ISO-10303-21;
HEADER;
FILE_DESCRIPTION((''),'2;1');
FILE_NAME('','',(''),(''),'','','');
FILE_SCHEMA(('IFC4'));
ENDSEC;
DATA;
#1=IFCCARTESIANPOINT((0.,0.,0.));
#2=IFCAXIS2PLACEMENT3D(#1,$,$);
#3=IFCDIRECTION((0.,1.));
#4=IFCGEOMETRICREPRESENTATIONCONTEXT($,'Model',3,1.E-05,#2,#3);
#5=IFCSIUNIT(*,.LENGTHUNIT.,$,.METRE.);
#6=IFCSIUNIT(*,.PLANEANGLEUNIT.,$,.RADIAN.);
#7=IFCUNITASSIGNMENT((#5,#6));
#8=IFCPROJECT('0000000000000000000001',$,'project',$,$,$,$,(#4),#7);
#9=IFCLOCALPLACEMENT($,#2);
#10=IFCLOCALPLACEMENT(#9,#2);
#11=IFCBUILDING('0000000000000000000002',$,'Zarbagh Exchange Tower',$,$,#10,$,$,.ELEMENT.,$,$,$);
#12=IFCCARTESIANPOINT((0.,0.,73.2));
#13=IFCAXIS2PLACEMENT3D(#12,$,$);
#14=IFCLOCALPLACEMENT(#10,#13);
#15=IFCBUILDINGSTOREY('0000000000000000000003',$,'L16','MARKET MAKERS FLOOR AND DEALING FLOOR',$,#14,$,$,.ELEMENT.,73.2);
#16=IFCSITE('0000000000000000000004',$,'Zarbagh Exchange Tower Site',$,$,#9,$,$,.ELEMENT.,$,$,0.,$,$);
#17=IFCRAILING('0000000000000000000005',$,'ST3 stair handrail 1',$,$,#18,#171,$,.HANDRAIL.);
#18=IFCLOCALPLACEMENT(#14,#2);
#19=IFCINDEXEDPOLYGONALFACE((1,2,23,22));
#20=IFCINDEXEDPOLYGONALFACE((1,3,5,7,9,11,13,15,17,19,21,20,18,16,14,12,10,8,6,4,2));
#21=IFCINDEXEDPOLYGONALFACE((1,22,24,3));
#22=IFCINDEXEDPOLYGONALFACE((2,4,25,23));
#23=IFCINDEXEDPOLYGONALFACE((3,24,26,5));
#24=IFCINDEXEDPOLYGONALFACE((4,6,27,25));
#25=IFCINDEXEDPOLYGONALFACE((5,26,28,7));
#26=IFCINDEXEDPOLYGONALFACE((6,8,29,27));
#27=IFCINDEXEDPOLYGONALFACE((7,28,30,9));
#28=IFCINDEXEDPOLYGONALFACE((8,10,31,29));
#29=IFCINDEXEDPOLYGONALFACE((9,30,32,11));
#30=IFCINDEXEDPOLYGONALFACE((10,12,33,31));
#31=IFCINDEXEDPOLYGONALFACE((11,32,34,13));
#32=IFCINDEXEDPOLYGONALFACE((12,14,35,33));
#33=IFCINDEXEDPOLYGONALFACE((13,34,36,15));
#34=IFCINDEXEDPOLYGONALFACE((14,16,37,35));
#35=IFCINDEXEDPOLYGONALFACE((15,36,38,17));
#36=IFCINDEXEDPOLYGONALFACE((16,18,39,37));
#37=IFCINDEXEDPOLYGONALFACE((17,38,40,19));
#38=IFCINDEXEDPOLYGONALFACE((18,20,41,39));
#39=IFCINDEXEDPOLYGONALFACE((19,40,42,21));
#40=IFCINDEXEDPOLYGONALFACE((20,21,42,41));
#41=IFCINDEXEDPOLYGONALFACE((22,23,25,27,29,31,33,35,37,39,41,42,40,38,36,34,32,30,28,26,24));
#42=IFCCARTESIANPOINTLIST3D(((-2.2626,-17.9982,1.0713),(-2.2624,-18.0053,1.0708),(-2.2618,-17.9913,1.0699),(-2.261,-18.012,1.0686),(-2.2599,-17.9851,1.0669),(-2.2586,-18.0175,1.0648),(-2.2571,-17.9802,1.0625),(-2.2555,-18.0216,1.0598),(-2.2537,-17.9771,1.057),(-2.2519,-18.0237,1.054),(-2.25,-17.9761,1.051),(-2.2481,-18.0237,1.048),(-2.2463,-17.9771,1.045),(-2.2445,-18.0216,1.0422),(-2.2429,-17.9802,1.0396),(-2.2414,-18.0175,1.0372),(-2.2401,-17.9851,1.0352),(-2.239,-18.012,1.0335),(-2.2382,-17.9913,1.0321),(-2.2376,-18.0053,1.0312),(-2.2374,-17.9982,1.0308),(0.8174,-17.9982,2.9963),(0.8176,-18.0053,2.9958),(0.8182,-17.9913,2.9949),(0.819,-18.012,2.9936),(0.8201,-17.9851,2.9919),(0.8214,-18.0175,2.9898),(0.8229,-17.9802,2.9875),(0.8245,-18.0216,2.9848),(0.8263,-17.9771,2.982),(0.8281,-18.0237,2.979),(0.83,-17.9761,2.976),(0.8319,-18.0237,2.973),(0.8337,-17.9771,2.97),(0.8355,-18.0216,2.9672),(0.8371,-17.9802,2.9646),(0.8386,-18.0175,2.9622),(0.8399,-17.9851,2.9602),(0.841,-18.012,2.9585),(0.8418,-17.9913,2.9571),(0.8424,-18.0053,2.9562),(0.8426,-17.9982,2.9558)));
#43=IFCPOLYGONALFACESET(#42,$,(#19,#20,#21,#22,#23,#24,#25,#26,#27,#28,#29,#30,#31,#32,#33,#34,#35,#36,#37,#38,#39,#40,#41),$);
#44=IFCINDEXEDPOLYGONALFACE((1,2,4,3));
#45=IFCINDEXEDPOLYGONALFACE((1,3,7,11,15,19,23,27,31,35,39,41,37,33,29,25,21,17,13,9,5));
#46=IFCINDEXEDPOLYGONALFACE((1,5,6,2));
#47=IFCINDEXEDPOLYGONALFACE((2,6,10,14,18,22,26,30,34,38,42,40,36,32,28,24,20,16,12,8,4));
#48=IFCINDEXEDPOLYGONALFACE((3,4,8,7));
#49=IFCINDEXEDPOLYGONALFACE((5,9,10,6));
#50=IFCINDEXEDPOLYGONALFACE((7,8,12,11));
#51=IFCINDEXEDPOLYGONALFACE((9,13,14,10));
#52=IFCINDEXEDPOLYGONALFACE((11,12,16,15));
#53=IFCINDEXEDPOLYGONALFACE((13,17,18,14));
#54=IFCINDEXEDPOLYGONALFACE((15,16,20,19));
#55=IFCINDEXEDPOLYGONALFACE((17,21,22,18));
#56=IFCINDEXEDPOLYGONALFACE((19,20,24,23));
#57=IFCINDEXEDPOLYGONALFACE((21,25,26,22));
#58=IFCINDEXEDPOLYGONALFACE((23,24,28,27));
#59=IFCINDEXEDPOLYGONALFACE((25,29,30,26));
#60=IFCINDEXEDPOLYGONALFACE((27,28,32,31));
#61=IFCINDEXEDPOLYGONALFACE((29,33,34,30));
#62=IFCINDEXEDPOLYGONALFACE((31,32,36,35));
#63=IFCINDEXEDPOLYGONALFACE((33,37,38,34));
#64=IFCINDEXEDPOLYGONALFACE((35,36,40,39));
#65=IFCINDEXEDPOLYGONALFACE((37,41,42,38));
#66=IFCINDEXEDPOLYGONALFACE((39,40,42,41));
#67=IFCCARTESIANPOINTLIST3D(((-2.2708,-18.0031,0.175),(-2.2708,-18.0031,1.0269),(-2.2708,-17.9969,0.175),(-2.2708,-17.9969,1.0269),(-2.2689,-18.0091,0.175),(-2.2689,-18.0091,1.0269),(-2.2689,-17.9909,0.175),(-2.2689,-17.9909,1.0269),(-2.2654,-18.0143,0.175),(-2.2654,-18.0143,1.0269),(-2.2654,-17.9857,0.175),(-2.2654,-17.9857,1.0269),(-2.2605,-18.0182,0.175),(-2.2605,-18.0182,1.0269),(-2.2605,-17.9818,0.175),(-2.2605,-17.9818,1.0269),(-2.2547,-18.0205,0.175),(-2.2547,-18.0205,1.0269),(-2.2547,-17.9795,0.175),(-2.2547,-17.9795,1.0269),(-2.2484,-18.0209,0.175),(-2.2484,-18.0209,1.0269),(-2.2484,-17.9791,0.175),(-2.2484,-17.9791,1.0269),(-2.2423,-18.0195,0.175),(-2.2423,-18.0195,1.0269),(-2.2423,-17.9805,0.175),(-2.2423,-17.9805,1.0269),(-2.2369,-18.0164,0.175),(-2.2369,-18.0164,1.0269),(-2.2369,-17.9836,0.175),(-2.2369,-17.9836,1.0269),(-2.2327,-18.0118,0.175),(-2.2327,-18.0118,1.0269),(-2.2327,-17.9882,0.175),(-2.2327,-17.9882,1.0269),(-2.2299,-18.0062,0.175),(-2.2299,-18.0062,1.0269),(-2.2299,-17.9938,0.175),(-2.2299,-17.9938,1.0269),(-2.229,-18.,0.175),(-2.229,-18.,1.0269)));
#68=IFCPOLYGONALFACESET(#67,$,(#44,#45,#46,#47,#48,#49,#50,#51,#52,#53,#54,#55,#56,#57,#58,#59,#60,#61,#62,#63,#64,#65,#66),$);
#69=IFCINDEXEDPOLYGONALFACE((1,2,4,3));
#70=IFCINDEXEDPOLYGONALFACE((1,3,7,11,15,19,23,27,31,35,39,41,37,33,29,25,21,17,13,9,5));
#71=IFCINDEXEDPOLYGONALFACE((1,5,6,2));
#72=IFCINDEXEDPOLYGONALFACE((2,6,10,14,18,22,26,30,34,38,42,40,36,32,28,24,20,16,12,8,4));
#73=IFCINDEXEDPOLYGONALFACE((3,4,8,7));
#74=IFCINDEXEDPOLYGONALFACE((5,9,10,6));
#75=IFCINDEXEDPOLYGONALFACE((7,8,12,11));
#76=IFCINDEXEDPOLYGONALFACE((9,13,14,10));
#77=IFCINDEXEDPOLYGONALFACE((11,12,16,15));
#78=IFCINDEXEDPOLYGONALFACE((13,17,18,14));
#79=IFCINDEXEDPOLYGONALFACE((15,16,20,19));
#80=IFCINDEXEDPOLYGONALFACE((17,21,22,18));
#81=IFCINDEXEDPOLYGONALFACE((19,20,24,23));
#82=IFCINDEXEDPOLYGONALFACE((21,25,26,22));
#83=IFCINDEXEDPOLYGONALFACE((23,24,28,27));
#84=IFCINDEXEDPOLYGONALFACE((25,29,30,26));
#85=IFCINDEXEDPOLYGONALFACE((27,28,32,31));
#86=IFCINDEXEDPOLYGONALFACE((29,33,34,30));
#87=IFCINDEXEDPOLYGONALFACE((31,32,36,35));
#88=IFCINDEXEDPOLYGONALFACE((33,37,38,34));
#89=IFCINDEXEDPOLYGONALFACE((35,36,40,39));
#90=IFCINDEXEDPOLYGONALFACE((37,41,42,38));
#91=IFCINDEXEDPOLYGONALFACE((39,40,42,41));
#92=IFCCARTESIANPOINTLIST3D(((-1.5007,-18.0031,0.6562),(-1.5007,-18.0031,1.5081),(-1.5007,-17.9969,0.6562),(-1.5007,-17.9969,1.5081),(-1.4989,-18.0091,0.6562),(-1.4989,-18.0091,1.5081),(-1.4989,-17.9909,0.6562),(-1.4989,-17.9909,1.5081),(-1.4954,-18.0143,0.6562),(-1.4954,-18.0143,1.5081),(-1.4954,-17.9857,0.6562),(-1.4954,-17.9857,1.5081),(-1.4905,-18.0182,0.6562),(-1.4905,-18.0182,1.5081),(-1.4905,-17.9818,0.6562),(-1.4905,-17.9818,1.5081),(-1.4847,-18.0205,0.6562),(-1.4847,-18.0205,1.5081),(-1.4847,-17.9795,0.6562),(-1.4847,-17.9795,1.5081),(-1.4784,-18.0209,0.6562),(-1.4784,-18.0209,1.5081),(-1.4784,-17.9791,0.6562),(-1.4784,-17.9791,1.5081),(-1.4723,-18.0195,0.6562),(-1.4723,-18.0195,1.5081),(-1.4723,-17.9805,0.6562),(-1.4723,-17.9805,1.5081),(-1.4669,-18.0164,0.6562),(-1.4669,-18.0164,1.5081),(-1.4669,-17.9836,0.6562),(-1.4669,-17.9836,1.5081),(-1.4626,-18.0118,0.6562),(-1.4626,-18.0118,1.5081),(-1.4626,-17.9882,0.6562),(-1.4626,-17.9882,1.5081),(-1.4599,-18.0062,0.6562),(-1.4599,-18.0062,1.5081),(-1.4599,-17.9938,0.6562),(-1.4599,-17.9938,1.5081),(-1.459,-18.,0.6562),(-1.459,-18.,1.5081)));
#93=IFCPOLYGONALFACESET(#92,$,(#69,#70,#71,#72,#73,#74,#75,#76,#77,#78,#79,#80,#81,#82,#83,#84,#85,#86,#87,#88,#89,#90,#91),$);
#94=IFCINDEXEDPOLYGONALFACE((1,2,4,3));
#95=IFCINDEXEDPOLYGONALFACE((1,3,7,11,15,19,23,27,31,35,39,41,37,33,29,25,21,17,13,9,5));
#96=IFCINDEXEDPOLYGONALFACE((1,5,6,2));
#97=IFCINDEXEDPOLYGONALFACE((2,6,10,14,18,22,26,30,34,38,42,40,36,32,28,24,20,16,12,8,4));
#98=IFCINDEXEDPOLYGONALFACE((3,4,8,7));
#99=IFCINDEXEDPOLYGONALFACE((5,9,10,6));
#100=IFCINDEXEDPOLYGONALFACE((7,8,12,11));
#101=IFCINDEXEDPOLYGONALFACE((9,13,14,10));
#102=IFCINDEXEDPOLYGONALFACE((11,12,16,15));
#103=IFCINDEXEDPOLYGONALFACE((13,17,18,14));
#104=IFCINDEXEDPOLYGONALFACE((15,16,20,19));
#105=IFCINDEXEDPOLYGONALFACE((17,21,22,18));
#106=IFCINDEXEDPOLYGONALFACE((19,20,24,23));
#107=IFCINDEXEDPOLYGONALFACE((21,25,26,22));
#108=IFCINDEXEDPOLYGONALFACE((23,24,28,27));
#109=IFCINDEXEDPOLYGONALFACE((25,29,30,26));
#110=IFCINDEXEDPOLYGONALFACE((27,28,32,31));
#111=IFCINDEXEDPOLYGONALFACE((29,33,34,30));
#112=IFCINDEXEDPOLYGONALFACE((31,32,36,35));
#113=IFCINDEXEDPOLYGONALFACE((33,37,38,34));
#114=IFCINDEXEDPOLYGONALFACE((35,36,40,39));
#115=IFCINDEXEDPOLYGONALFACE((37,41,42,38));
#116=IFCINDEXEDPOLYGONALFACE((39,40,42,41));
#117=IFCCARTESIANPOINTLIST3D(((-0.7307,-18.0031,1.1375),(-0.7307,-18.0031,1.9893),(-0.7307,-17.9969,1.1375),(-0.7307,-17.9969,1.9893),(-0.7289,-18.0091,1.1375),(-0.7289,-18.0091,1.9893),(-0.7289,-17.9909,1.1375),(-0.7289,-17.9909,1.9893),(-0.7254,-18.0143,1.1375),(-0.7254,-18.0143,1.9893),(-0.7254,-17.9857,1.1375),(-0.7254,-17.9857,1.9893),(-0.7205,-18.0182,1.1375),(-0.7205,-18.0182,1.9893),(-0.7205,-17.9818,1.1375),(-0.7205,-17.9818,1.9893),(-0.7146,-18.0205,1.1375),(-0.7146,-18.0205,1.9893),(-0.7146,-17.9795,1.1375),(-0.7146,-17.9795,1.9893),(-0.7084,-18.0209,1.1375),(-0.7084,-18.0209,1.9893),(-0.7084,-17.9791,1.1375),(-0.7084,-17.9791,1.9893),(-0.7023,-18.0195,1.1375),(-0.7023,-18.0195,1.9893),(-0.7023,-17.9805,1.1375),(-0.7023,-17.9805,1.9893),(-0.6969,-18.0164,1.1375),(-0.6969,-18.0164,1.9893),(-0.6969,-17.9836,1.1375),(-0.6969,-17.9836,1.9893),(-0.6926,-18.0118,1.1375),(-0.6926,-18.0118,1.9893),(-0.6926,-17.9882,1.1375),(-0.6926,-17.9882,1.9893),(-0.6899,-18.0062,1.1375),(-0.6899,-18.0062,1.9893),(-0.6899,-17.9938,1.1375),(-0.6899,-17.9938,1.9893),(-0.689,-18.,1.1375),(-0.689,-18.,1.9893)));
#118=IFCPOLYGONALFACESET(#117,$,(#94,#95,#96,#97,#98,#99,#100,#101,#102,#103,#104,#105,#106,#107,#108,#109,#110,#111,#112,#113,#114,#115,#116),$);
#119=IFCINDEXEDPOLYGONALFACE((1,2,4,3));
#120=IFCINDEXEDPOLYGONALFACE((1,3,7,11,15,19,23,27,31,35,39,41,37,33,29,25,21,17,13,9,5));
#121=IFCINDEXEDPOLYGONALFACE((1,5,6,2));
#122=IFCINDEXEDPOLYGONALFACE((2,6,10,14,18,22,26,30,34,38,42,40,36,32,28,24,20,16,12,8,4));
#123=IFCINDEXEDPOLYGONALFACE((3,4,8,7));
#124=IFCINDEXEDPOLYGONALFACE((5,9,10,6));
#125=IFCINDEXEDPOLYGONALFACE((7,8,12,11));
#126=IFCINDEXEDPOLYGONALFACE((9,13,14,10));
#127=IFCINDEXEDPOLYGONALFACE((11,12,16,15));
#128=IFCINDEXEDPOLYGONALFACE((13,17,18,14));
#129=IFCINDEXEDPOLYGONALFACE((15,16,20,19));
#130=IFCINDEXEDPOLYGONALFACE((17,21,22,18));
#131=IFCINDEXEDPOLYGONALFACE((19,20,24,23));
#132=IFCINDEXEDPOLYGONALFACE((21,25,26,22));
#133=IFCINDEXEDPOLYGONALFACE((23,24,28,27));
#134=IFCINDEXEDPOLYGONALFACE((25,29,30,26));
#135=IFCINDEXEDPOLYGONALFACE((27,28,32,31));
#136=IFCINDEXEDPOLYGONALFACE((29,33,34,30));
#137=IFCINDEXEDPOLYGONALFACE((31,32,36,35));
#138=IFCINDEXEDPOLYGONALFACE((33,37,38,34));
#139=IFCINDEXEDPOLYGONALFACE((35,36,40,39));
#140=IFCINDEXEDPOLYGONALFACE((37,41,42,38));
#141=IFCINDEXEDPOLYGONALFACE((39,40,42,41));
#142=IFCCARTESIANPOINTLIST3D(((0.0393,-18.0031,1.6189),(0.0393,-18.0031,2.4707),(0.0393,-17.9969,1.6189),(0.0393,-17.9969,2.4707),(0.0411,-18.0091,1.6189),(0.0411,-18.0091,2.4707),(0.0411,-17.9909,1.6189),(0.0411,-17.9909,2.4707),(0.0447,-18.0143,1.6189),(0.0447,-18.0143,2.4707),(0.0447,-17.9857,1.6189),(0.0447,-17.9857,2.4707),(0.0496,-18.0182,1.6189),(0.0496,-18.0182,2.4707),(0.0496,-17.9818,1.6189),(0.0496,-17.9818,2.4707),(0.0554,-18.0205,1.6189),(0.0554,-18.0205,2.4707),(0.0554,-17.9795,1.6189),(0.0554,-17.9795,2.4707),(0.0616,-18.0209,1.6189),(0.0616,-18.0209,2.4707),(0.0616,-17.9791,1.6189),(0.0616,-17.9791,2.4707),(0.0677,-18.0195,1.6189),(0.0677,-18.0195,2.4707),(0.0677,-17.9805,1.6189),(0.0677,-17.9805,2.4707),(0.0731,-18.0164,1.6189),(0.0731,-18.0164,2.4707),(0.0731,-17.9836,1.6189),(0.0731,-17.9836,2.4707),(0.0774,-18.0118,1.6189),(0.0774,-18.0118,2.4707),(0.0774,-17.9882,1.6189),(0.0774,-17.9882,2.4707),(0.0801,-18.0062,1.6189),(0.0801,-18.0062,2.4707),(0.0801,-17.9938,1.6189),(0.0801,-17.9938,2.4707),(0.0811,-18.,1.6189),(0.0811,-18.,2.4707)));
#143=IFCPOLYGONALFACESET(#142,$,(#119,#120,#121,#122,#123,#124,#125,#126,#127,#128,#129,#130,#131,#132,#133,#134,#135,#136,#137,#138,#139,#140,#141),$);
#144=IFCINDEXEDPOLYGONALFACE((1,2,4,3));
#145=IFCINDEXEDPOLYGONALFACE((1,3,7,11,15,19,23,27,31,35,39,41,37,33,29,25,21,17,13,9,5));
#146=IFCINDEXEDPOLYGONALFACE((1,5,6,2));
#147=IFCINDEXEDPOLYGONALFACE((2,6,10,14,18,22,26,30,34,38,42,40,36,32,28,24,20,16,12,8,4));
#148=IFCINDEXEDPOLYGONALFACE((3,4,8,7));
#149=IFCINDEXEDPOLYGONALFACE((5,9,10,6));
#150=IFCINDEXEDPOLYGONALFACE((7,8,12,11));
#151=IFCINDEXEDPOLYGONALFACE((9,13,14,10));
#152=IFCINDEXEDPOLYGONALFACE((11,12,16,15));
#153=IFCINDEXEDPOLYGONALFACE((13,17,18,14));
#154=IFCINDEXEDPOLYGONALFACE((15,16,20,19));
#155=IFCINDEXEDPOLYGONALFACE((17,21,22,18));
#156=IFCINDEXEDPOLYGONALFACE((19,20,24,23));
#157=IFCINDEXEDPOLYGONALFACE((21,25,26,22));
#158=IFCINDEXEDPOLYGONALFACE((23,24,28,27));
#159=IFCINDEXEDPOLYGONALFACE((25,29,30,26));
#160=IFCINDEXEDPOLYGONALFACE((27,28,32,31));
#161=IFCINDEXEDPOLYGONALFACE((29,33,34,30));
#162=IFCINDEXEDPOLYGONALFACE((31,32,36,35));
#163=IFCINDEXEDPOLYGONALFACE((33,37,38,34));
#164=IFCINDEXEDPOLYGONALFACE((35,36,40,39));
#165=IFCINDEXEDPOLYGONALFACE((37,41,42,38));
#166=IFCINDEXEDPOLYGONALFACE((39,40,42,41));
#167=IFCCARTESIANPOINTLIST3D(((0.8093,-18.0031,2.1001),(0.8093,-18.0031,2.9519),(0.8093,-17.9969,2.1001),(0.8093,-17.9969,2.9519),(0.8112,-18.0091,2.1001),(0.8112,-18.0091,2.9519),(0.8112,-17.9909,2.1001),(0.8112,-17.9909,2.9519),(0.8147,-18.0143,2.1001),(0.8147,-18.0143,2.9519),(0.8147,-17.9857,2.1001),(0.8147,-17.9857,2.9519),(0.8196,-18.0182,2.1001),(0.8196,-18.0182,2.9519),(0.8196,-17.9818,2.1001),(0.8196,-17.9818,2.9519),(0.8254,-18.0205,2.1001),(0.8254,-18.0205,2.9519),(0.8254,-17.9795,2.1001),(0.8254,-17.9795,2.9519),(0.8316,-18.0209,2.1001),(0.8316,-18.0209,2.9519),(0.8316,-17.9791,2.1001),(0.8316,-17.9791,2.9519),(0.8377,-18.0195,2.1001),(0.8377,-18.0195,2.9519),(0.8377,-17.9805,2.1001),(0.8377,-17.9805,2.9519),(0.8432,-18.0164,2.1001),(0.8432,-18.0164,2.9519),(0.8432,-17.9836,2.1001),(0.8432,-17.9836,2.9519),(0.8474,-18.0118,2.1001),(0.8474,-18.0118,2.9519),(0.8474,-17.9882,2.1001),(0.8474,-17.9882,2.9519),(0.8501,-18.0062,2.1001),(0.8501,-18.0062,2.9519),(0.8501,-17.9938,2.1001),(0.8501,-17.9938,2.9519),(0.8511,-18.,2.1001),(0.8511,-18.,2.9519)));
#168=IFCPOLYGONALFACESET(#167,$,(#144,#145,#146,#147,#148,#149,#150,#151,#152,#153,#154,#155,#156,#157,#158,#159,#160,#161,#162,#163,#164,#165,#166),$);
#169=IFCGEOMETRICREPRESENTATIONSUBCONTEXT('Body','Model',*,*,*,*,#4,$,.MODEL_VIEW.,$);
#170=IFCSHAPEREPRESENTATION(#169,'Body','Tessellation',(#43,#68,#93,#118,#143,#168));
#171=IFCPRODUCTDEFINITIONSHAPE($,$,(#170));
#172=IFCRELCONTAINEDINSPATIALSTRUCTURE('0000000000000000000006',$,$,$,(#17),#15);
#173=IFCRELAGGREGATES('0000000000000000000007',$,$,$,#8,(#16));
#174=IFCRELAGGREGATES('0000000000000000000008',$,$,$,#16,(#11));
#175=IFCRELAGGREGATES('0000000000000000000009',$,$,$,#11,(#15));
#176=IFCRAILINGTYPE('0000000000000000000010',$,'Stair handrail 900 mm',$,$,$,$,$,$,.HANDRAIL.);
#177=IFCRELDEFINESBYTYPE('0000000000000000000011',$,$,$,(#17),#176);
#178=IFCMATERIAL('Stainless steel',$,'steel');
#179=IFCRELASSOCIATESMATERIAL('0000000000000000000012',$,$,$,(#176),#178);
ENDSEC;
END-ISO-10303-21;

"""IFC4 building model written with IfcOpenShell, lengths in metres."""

from ifc_helpers import new_model, si_unit, direction, frame, origin, origin_2d, place, context, subcontext, project, spatial, circle, extrude, material, type_object, element, save


model = new_model("IFC4")

# Units and contexts
model_context = context("Model", 3, precision=1e-05, world=origin(), true_north=direction((0.0, 1.0)))
body_context = subcontext(model_context, "Body", "Model", "MODEL_VIEW")
ifc_project = project(units=[si_unit("LENGTHUNIT", "METRE"), si_unit("PLANEANGLEUNIT", "RADIAN")], contexts=[model_context])

# Site, building, storey
site_placement = place(None, origin())
site = spatial("IfcSite", under=ifc_project, at=site_placement, Name="Zarbagh Exchange Tower Site", CompositionType="ELEMENT", RefElevation=0.0)
building_placement = place(site_placement, origin())
building = spatial("IfcBuilding", under=site, at=building_placement, Name="Zarbagh Exchange Tower", CompositionType="ELEMENT")
storey_placement = place(building_placement, frame((0.0, 0.0, 73.2)))
storey = spatial("IfcBuildingStorey", under=building, at=storey_placement, Name="L16", Description="MARKET MAKERS FLOOR AND DEALING FLOOR", CompositionType="ELEMENT", Elevation=73.2)

# Shared definitions
ifc_material_1 = material(Name="Stainless steel", Category="steel")

# Railing
railing_type_1 = type_object("IfcRailingType", Name="Stair handrail 900 mm", PredefinedType="HANDRAIL", material=ifc_material_1)
railing_1_placement = place(storey_placement, frame((-2.25, -18.0, 0.175)))
element("IfcRailing", 1, at=railing_1_placement, inside=storey, type_object=railing_type_1, Name="ST3 stair handrail 1", PredefinedType="HANDRAIL", context=body_context, shape_type="SweptSolid", body=[
    extrude(circle(Radius=0.0239, at=origin_2d()), frame((0.0, 0.0, 0.876), z_axis=(0.847998, 0.0, 0.529999), x_axis=(0.0, 1.0, 0.0)), (0.0, 0.0, 1.0), 3.6321),
    extrude(circle(Radius=0.021, at=origin_2d()), origin(), (0.0, 0.0, 1.0), 0.8518),
    extrude(circle(Radius=0.021, at=origin_2d()), frame((0.77, 0.0, 0.4812)), (0.0, 0.0, 1.0), 0.8518),
    extrude(circle(Radius=0.021, at=origin_2d()), frame((1.54, 0.0, 0.9624)), (0.0, 0.0, 1.0), 0.8518),
    extrude(circle(Radius=0.021, at=origin_2d()), frame((2.3101, 0.0, 1.4438)), (0.0, 0.0, 1.0), 0.8518),
    extrude(circle(Radius=0.021, at=origin_2d()), frame((3.0801, 0.0, 1.925)), (0.0, 0.0, 1.0), 0.8518),
])

save(model, "model.ifc")
